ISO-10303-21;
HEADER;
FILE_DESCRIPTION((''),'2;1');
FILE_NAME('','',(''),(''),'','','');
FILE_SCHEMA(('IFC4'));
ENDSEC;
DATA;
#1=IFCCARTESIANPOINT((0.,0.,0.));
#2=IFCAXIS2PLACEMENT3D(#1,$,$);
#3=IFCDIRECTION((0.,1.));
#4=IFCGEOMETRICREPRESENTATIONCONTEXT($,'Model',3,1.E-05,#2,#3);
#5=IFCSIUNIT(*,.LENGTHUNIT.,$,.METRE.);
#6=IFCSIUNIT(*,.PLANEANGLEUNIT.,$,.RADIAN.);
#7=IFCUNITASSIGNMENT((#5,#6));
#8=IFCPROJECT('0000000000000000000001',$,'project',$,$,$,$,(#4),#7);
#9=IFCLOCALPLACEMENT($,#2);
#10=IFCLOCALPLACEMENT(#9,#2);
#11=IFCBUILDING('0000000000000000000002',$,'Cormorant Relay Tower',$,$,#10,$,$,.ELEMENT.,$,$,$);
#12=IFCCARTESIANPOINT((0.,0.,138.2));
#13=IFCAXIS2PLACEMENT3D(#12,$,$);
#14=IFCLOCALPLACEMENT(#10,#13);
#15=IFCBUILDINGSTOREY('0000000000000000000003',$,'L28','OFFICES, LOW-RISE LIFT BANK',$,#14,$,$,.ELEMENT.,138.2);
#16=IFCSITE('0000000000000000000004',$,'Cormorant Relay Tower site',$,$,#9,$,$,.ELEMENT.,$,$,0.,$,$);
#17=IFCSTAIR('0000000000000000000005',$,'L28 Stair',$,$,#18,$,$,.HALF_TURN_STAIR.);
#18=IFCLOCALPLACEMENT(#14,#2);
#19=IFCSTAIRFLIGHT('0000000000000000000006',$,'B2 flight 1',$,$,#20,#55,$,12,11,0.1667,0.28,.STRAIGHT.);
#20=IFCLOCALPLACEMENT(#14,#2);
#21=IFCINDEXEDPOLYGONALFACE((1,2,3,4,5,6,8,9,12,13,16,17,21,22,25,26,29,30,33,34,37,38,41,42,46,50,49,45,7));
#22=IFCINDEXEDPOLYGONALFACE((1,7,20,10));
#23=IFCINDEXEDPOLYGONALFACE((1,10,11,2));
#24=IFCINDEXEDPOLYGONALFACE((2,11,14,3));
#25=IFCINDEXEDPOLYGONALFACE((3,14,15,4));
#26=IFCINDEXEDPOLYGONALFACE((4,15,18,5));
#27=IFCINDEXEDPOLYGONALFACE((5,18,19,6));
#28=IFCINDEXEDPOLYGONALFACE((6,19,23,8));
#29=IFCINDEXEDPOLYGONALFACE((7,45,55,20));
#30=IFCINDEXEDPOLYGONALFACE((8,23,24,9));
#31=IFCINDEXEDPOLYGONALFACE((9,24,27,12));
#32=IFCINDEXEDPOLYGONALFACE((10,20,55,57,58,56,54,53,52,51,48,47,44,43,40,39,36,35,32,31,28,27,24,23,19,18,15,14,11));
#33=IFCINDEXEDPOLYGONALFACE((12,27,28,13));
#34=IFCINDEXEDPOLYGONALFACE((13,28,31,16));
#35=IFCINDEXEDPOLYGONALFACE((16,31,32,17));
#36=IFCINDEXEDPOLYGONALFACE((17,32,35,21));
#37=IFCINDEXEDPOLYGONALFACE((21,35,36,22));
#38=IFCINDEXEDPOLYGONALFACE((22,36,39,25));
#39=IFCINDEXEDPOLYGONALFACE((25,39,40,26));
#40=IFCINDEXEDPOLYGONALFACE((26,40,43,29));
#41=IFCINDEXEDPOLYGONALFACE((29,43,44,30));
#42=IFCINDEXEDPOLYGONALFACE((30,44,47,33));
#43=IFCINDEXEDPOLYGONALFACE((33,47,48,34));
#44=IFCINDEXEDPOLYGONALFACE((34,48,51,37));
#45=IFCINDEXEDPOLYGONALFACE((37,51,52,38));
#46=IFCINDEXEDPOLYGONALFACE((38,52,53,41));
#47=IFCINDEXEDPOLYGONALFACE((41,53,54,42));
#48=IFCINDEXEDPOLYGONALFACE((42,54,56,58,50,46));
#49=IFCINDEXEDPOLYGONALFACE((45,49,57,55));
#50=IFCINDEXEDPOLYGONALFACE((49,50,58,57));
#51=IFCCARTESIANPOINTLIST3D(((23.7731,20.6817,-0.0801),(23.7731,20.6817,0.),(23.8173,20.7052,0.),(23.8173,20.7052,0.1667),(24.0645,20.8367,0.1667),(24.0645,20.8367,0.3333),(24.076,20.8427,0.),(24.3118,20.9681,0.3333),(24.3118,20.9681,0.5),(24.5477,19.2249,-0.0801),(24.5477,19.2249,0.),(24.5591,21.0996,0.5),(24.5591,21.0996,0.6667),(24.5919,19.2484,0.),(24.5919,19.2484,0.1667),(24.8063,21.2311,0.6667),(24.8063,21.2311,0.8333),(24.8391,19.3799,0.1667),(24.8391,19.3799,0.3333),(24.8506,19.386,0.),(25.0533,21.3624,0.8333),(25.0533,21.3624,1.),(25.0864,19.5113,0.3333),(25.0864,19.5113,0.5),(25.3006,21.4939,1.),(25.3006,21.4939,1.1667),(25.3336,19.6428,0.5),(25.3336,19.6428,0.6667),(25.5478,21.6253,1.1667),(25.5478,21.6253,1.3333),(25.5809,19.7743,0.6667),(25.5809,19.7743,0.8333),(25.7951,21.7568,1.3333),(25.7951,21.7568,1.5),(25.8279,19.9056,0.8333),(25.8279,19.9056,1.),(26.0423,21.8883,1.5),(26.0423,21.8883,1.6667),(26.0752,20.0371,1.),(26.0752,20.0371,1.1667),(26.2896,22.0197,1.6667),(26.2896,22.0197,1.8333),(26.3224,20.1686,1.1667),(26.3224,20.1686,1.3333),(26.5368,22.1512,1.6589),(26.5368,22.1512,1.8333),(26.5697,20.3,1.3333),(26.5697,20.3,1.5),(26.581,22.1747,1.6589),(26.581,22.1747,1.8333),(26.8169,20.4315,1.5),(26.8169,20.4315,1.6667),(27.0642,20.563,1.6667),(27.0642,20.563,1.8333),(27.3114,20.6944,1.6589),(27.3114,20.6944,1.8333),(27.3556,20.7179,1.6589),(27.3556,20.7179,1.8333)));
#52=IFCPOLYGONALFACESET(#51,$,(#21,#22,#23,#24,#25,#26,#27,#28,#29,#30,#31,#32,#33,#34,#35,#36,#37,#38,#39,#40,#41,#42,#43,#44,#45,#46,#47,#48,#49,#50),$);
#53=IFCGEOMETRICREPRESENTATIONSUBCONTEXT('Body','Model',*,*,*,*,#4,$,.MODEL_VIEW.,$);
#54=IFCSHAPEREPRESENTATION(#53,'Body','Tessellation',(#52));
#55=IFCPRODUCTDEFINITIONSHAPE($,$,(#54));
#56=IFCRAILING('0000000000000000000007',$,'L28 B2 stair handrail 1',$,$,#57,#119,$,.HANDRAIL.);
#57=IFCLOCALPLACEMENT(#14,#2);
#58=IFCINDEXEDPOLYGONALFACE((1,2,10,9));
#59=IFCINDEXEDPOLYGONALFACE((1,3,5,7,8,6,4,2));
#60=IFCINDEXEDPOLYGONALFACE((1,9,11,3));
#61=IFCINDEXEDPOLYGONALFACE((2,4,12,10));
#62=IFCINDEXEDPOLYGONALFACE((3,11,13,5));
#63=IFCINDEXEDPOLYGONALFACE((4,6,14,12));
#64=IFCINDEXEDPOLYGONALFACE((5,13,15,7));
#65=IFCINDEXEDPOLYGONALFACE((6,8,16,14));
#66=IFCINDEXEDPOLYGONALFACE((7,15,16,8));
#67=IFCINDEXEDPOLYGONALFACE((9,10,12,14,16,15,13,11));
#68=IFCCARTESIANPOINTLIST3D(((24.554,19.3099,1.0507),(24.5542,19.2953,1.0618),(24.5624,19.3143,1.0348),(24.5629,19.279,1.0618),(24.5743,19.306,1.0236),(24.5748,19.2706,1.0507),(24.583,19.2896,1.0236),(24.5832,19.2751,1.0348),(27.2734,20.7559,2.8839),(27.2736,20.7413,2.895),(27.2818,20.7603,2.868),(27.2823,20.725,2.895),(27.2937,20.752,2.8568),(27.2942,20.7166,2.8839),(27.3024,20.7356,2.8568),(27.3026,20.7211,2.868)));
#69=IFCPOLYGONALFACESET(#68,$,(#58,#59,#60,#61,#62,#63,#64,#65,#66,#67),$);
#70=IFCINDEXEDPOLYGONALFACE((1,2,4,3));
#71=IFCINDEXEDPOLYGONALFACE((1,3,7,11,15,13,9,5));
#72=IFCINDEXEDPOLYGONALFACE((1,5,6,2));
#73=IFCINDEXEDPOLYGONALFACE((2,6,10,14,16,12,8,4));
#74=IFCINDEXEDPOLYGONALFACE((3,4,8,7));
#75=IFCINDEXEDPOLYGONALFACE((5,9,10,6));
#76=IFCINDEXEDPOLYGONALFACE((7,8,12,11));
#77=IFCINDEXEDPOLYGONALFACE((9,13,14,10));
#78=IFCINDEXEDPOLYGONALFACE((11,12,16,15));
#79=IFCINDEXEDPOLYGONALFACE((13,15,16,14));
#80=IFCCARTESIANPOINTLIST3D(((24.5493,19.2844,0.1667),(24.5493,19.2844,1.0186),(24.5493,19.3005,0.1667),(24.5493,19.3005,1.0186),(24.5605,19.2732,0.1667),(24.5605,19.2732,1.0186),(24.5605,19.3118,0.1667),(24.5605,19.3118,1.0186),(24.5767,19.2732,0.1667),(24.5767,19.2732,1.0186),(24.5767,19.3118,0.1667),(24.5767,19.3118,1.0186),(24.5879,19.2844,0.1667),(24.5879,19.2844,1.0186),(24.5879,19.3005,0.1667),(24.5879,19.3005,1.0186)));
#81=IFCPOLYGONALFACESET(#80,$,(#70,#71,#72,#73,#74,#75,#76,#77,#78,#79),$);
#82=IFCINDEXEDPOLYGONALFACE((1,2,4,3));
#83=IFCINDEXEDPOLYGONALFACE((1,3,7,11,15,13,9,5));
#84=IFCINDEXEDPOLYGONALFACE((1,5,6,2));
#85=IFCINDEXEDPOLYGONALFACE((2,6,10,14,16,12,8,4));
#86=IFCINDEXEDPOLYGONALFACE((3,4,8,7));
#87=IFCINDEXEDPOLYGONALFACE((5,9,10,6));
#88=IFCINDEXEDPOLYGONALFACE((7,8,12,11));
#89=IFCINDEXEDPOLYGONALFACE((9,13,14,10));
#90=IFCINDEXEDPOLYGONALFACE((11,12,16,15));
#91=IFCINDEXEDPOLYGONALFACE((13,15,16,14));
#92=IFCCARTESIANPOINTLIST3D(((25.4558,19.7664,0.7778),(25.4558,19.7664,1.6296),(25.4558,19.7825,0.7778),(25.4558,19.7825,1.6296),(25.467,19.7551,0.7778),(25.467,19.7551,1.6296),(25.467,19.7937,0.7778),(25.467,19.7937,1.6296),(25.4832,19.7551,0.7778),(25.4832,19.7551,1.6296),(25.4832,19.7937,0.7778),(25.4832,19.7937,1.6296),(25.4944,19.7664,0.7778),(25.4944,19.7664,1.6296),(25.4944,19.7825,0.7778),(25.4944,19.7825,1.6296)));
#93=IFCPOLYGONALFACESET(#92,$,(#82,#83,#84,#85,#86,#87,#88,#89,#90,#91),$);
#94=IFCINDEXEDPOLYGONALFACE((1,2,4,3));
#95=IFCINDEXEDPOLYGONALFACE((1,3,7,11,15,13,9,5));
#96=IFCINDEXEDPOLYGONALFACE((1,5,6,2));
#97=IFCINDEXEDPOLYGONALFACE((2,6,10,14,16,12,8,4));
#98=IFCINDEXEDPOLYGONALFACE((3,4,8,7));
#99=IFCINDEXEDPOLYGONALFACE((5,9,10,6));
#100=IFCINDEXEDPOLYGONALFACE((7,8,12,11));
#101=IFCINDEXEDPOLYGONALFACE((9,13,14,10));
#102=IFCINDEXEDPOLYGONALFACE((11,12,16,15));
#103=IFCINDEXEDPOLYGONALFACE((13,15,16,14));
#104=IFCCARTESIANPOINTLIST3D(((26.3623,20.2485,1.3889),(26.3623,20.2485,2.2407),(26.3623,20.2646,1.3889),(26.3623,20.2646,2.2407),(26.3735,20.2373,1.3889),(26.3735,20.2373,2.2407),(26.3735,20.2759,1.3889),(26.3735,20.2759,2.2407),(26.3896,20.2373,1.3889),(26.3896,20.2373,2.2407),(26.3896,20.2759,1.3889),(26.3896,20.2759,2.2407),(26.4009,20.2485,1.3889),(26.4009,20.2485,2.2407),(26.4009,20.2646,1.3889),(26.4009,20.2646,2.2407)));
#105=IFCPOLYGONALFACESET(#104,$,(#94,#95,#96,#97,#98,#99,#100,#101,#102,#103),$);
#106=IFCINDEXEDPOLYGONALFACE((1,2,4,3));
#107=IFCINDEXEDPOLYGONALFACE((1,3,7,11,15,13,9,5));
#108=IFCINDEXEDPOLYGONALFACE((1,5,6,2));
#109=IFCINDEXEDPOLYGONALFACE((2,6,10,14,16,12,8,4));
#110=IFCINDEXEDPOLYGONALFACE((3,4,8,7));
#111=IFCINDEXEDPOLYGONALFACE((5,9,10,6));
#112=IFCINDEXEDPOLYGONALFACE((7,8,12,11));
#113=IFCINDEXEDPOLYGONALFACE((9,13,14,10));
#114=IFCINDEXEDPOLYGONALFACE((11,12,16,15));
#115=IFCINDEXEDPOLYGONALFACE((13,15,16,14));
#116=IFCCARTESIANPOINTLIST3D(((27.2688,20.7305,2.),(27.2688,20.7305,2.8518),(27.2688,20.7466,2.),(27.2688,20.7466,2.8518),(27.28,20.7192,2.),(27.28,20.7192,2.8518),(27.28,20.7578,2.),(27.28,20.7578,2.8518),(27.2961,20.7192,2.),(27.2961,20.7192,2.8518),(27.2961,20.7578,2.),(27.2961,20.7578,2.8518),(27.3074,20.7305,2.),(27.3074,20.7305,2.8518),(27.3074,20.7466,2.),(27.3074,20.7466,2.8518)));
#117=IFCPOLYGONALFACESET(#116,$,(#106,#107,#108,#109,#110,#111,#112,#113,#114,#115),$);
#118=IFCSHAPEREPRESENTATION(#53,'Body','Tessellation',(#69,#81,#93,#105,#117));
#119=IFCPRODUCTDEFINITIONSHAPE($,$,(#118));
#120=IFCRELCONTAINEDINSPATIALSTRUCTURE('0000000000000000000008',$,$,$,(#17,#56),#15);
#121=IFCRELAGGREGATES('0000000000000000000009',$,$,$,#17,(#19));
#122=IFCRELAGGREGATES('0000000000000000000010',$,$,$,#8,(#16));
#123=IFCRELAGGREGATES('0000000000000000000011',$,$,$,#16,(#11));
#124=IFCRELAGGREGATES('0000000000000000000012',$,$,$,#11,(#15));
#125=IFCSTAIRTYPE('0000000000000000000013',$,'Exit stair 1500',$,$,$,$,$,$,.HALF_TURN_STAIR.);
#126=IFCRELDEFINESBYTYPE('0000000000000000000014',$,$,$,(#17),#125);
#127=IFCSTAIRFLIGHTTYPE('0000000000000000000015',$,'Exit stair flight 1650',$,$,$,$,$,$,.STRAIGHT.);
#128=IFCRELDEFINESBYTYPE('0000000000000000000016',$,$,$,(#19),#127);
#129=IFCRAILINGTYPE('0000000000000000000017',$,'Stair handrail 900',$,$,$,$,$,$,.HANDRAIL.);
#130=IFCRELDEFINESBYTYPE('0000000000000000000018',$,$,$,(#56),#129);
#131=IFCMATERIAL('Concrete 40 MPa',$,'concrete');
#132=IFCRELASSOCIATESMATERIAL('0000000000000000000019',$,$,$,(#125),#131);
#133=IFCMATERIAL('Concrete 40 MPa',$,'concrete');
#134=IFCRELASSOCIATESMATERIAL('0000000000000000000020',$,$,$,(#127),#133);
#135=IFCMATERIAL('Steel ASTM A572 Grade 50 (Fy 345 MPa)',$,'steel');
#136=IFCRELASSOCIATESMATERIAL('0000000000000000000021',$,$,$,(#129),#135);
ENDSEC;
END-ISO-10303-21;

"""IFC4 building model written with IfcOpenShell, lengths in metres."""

from ifc_helpers import new_model, si_unit, direction, frame, origin, place, context, subcontext, project, spatial, polyline, outline, extrude, material, type_object, element, aggregate, save


model = new_model("IFC4")

# Units and contexts
model_context = context("Model", 3, precision=1e-05, world=origin(), true_north=direction((0.0, 1.0)))
body_context = subcontext(model_context, "Body", "Model", "MODEL_VIEW")
ifc_project = project(units=[si_unit("LENGTHUNIT", "METRE"), si_unit("PLANEANGLEUNIT", "RADIAN")], contexts=[model_context])

# Site, building, storey
site_placement = place(None, origin())
site = spatial("IfcSite", under=ifc_project, at=site_placement, Name="Cormorant Relay Tower site", CompositionType="ELEMENT", RefElevation=0.0)
building_placement = place(site_placement, origin())
building = spatial("IfcBuilding", under=site, at=building_placement, Name="Cormorant Relay Tower", CompositionType="ELEMENT")
storey_placement = place(building_placement, frame((0.0, 0.0, 138.2)))
storey = spatial("IfcBuildingStorey", under=building, at=storey_placement, Name="L28", Description="OFFICES, LOW-RISE LIFT BANK", CompositionType="ELEMENT", Elevation=138.2)

# Stair, stair flight
ifc_material_1 = material(Name="Concrete 40 MPa", Category="concrete")
stair_type = type_object("IfcStairType", Name="Exit stair 1500", PredefinedType="HALF_TURN_STAIR", material=ifc_material_1)
stair_placement = place(storey_placement, origin())
stair = element("IfcStair", 1, at=stair_placement, inside=storey, type_object=stair_type, Name="L28 Stair", PredefinedType="HALF_TURN_STAIR")
ifc_material_2 = material(Name="Concrete 40 MPa", Category="concrete")
stair_flight_type = type_object("IfcStairFlightType", Name="Exit stair flight 1650", PredefinedType="STRAIGHT", material=ifc_material_2)
stair_flight_placement = place(storey_placement, frame((24.2046, 19.9768, 0.0), z_axis=(0.0, 0.0, 1.0), x_axis=(0.882948, 0.469472, 0.0)))
stair_flight = element("IfcStairFlight", 2, at=stair_flight_placement, type_object=stair_flight_type, Name="B2 flight 1", NumberOfRisers=12, NumberOfTreads=11, PredefinedType="STRAIGHT", RiserHeight=0.1667, TreadLength=0.28, context=body_context, shape_type="SweptSolid", body=[
    extrude(outline(polyline([(-0.05, -0.0801), (-0.05, 0.0), (0.0, 0.0), (0.0, 0.1667), (0.28, 0.1667), (0.28, 0.3333), (0.5601, 0.3333), (0.5601, 0.5), (0.8401, 0.5), (0.8401, 0.6667), (1.1201, 0.6667), (1.1201, 0.8333), (1.3999, 0.8333), (1.3999, 1.0), (1.6799, 1.0), (1.6799, 1.1667), (1.96, 1.1667), (1.96, 1.3333), (2.24, 1.3333), (2.24, 1.5), (2.52, 1.5), (2.52, 1.6667), (2.8, 1.6667), (2.8, 1.8333), (3.0801, 1.8333), (3.1301, 1.8333), (3.1301, 1.6589), (3.0801, 1.6589), (0.293, 0.0), (-0.05, -0.0801)])), frame((0.0, 0.825, 0.0), z_axis=(0.0, -1.0, 0.0), x_axis=(1.0, 0.0, 0.0)), (0.0, 0.0, 1.0), 1.6499),
])
aggregate(stair, [stair_flight])

# Railing
ifc_material_3 = material(Name="Steel ASTM A572 Grade 50 (Fy 345 MPa)", Category="steel")
railing_type = type_object("IfcRailingType", Name="Stair handrail 900", PredefinedType="HANDRAIL", material=ifc_material_3)
railing_placement = place(storey_placement, frame((24.5686, 19.2925, 0.1667)))
element("IfcRailing", 3, at=railing_placement, inside=storey, type_object=railing_type, Name="L28 B2 stair handrail 1", PredefinedType="HANDRAIL", context=body_context, shape_type="SweptSolid", body=[
    extrude(outline(polyline([(0.0222, 0.0093), (0.0093, 0.0222), (-0.0093, 0.0222), (-0.0222, 0.0093), (-0.0222, -0.0093), (-0.0093, -0.0222), (0.0093, -0.0222), (0.0222, -0.0093), (0.0222, 0.0093)])), frame((0.0, 0.0, 0.876), z_axis=(0.758714, 0.403435, 0.511463), x_axis=(-0.469489, 0.882938, 0.0)), (0.0, 0.0, 1.0), 3.5842),
    extrude(outline(polyline([(0.0193, 0.0081), (0.0081, 0.0193), (-0.0081, 0.0193), (-0.0193, 0.0081), (-0.0193, -0.0081), (-0.0081, -0.0193), (0.0081, -0.0193), (0.0193, -0.0081), (0.0193, 0.0081)])), origin(), (0.0, 0.0, 1.0), 0.8518),
    extrude(outline(polyline([(0.0193, 0.0081), (0.0081, 0.0193), (-0.0081, 0.0193), (-0.0193, 0.0081), (-0.0193, -0.0081), (-0.0081, -0.0193), (0.0081, -0.0193), (0.0193, -0.0081), (0.0193, 0.0081)])), frame((0.9065, 0.4819, 0.6111)), (0.0, 0.0, 1.0), 0.8518),
    extrude(outline(polyline([(0.0193, 0.0081), (0.0081, 0.0193), (-0.0081, 0.0193), (-0.0193, 0.0081), (-0.0193, -0.0081), (-0.0081, -0.0193), (0.0081, -0.0193), (0.0193, -0.0081), (0.0193, 0.0081)])), frame((1.813, 0.9641, 1.2222)), (0.0, 0.0, 1.0), 0.8518),
    extrude(outline(polyline([(0.0193, 0.0081), (0.0081, 0.0193), (-0.0081, 0.0193), (-0.0193, 0.0081), (-0.0193, -0.0081), (-0.0081, -0.0193), (0.0081, -0.0193), (0.0193, -0.0081), (0.0193, 0.0081)])), frame((2.7195, 1.446, 1.8333)), (0.0, 0.0, 1.0), 0.8518),
])

save(model, "model.ifc")
